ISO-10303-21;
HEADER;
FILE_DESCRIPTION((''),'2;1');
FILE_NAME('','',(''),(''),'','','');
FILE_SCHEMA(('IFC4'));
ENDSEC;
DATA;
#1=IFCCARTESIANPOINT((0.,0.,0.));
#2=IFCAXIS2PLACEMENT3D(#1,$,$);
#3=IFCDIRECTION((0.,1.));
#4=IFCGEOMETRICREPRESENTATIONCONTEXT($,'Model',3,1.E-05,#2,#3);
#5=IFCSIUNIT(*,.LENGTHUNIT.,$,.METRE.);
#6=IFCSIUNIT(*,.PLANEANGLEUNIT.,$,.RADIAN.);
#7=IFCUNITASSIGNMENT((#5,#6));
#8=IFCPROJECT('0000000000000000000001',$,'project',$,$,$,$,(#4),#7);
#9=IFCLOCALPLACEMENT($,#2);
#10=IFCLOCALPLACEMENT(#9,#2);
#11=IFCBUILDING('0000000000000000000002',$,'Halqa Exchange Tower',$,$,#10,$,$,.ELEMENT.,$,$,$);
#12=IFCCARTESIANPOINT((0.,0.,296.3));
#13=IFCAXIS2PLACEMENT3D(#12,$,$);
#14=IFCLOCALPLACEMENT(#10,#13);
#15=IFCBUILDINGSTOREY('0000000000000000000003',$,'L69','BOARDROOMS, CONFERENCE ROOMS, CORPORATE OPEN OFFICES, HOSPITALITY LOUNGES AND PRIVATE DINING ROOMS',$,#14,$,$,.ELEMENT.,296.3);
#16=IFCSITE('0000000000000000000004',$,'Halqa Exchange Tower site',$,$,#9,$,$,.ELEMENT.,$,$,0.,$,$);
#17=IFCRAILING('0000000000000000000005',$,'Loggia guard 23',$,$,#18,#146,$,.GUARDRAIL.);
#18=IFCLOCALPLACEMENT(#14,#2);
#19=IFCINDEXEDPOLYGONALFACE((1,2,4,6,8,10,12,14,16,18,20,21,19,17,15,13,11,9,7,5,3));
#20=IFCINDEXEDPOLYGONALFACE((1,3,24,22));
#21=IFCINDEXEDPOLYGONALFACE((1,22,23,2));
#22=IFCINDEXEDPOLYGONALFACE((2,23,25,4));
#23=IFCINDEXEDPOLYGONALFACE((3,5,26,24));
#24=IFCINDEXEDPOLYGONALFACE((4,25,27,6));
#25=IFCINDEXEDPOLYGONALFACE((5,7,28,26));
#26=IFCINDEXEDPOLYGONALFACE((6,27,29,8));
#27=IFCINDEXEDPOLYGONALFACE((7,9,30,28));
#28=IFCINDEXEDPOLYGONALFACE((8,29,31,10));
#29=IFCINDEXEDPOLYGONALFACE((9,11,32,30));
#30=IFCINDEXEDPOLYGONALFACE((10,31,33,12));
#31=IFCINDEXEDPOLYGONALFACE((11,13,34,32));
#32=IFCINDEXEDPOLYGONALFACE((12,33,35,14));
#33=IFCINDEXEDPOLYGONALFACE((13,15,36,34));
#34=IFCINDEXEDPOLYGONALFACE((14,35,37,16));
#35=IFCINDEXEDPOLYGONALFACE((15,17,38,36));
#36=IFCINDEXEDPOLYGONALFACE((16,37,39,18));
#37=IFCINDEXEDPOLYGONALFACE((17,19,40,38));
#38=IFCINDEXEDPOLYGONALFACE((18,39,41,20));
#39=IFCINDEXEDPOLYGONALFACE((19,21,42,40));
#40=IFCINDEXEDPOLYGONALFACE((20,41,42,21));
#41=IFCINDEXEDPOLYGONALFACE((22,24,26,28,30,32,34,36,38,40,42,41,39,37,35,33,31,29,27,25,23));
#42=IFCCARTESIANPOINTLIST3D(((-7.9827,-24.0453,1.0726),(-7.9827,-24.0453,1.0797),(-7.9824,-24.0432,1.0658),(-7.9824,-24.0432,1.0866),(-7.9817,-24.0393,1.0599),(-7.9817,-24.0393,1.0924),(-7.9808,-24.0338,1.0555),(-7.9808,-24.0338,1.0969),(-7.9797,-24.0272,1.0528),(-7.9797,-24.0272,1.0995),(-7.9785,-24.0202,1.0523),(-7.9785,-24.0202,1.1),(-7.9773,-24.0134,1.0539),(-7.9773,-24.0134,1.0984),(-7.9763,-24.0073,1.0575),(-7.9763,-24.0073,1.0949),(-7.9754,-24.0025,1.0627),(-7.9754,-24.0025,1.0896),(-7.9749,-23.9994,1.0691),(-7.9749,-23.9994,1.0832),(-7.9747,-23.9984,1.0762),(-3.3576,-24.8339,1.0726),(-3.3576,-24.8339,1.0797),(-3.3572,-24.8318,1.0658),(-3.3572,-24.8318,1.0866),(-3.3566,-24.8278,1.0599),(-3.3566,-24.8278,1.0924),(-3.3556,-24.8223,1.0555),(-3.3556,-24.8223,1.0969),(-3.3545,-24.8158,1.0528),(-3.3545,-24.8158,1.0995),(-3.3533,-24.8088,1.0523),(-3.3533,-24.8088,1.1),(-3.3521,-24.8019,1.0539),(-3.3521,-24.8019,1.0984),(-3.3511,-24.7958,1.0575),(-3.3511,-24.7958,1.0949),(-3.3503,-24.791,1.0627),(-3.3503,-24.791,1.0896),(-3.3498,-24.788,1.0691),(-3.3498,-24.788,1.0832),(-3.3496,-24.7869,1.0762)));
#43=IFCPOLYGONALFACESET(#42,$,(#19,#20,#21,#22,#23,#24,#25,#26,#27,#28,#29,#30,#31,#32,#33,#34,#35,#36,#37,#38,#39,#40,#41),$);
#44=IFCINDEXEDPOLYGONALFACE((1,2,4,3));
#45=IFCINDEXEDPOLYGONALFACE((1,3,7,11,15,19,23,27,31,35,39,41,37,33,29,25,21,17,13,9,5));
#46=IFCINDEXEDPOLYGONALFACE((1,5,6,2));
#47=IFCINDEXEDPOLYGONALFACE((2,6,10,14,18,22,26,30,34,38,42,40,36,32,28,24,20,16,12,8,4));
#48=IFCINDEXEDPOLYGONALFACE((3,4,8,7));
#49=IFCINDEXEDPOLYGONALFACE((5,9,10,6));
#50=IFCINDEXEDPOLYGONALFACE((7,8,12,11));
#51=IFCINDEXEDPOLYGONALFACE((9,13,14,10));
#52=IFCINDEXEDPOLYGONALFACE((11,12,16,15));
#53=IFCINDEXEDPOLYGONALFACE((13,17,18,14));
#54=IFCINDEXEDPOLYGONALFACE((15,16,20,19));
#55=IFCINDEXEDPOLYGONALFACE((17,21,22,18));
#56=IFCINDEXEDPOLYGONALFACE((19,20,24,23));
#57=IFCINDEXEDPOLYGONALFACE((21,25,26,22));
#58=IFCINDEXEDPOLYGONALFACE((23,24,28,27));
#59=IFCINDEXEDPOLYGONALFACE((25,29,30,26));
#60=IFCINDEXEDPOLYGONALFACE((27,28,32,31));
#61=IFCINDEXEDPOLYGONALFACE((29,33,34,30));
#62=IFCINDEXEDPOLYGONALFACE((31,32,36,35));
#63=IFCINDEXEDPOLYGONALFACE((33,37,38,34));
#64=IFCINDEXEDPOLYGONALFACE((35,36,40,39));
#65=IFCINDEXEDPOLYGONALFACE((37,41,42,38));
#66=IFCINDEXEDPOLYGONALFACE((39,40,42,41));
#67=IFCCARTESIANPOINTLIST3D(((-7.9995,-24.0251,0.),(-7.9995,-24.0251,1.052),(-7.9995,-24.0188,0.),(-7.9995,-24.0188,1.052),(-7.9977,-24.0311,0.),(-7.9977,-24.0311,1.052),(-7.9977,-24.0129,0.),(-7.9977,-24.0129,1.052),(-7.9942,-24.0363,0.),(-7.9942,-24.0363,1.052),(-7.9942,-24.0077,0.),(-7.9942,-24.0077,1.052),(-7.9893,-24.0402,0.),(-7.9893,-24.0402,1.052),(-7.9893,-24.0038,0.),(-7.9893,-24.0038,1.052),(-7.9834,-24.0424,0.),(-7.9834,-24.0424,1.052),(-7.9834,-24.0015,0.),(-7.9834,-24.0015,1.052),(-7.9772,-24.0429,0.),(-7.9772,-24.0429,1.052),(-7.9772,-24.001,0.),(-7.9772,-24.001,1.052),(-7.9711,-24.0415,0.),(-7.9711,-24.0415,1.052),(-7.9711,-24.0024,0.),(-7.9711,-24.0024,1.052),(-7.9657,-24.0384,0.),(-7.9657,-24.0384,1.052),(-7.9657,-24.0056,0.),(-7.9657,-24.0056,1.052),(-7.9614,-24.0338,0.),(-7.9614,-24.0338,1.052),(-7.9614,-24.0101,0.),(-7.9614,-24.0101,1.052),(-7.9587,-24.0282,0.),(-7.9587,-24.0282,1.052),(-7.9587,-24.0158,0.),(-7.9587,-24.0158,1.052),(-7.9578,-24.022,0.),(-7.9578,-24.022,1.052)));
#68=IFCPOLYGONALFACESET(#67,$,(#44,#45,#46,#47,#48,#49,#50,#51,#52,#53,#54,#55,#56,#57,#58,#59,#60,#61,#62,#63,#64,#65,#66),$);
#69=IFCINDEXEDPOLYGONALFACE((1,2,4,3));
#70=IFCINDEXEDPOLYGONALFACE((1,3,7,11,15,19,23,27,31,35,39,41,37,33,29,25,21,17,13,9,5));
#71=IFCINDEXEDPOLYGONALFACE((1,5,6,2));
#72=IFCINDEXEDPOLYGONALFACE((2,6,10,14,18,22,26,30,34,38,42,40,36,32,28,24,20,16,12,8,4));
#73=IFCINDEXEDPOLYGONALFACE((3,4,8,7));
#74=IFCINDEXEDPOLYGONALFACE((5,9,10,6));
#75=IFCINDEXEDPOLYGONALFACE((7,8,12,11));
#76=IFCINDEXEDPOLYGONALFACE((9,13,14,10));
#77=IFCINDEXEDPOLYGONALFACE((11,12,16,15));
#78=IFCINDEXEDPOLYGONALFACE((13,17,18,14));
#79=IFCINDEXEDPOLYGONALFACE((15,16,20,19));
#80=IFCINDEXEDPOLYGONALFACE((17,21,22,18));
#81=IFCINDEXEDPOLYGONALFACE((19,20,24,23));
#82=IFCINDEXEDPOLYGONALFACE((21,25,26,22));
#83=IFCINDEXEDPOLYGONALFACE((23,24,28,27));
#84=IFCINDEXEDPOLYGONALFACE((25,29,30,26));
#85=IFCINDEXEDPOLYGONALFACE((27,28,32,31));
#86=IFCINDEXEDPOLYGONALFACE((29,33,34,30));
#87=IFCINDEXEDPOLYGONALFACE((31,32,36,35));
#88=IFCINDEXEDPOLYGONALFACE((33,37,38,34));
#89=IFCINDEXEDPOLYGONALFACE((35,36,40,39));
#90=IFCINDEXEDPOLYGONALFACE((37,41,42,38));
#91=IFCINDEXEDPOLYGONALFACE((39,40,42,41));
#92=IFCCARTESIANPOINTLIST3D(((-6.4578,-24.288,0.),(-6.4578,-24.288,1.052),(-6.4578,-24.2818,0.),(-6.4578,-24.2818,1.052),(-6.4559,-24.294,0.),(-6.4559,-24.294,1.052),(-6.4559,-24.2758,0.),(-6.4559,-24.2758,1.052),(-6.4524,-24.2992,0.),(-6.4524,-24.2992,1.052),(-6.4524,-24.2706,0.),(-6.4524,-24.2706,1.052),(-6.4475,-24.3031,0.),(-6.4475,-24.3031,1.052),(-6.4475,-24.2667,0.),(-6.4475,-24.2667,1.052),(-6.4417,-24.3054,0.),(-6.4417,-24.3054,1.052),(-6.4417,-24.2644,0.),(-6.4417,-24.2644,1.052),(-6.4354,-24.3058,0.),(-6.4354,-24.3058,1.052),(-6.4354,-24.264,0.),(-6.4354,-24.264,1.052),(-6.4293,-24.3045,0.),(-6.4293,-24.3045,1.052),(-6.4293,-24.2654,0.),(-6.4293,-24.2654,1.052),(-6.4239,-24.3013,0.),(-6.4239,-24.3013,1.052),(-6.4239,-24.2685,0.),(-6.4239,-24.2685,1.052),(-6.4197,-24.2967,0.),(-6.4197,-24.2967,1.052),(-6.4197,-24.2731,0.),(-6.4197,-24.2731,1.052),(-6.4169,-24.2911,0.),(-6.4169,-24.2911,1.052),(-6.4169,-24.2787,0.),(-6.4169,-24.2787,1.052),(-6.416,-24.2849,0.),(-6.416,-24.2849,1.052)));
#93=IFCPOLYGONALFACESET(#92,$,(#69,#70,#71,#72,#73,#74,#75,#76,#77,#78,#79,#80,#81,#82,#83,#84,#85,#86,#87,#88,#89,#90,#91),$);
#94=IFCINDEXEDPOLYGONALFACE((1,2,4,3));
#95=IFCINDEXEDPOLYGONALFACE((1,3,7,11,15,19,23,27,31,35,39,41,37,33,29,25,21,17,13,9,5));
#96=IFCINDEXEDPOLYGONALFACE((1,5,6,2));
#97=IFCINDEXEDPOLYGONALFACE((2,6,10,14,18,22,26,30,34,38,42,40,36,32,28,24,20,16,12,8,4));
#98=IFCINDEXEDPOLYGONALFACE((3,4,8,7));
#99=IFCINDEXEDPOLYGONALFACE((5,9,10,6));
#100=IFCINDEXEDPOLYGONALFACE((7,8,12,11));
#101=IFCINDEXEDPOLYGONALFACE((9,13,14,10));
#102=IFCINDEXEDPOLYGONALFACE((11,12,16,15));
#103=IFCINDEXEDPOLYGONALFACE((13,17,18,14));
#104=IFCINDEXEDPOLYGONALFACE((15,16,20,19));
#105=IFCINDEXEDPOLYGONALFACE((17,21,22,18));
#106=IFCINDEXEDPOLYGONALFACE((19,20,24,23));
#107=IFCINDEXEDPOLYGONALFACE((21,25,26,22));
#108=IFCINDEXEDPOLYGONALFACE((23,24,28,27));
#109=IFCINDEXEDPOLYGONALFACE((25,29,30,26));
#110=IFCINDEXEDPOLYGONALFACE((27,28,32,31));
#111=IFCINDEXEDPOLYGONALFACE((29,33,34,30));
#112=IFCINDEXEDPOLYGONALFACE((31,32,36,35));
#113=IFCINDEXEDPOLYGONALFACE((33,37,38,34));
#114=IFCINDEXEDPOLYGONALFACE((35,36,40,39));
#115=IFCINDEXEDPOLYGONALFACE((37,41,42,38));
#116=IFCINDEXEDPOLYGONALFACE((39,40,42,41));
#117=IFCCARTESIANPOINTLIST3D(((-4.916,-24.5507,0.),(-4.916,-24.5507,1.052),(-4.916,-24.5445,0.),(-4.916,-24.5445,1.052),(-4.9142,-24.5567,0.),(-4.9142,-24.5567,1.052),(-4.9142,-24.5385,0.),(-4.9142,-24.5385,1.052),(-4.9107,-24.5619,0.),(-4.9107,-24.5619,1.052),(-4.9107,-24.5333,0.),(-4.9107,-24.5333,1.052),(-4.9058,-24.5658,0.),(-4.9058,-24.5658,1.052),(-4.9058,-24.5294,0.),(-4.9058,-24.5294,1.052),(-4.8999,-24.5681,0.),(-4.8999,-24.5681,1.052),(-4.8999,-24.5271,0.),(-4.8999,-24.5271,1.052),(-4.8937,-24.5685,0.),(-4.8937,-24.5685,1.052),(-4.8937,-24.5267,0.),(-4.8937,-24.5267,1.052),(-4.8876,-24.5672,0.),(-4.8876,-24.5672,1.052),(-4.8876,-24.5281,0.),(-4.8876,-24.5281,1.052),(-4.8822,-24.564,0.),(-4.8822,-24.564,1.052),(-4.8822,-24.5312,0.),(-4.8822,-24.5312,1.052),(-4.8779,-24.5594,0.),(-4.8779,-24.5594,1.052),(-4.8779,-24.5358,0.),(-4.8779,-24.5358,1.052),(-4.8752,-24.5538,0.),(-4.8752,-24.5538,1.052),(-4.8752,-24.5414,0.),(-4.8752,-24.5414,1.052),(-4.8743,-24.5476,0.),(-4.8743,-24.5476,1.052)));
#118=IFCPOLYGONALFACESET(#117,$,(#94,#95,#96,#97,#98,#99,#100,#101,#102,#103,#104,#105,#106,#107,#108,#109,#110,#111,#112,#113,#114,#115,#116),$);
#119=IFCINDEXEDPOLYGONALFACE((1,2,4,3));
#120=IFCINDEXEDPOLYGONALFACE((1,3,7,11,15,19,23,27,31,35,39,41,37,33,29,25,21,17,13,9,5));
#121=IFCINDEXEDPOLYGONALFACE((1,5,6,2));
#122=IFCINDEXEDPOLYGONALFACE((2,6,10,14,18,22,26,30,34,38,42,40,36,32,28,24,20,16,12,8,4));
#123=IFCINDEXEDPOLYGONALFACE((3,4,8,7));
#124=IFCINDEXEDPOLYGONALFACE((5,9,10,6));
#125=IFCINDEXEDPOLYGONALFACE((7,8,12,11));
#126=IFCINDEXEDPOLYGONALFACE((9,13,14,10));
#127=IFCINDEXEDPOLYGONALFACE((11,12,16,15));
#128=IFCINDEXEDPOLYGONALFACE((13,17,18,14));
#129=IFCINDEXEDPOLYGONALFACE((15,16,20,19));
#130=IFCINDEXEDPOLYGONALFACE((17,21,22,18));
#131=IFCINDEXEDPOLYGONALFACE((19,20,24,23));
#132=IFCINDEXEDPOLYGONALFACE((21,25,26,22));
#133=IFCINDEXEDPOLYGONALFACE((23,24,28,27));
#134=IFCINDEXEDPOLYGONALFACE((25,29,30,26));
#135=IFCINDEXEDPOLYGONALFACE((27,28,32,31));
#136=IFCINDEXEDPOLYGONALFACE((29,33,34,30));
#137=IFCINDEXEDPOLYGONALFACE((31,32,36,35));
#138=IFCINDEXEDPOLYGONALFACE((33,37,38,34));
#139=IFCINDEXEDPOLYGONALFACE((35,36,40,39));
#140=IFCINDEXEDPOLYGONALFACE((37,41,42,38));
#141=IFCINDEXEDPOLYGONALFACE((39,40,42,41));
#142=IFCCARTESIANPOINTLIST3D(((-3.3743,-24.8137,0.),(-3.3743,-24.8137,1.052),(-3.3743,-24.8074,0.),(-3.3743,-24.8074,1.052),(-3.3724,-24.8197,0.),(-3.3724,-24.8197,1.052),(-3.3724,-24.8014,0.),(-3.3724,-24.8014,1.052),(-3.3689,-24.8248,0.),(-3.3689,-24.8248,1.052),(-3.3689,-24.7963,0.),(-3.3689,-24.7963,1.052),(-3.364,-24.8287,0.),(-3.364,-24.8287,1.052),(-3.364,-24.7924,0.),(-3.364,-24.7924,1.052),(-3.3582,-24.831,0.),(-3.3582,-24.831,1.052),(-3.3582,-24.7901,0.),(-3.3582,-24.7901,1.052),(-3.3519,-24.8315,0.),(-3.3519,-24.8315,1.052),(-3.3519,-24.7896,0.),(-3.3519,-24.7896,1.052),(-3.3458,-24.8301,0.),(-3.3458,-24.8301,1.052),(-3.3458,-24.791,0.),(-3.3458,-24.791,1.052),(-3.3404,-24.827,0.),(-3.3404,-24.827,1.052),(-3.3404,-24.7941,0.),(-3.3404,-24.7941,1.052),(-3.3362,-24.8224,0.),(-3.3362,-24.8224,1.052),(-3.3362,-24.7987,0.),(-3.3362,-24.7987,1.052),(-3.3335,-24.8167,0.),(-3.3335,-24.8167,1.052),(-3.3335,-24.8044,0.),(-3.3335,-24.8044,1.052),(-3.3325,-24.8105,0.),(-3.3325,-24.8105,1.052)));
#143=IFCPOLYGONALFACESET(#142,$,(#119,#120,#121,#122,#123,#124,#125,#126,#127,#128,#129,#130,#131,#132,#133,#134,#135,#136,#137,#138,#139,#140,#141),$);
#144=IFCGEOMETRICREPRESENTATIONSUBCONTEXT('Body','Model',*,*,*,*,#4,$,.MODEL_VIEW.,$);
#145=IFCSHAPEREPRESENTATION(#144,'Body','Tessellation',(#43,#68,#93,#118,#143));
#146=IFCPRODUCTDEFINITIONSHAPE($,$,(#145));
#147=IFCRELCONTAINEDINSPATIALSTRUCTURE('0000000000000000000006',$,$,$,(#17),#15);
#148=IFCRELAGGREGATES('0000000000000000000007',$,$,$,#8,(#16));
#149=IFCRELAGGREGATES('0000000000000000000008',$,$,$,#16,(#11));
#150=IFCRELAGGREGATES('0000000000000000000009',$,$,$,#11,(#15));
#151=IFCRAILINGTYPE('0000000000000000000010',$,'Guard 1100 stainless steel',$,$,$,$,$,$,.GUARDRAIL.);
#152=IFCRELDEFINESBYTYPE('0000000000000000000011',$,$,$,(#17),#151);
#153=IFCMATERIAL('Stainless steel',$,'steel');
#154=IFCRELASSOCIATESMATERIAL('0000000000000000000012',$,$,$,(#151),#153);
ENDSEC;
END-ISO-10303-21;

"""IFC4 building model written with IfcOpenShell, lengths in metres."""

from ifc_helpers import new_model, si_unit, direction, frame, origin, origin_2d, place, context, subcontext, project, spatial, circle, extrude, material, type_object, element, save


model = new_model("IFC4")

# Units and contexts
model_context = context("Model", 3, precision=1e-05, world=origin(), true_north=direction((0.0, 1.0)))
body_context = subcontext(model_context, "Body", "Model", "MODEL_VIEW")
ifc_project = project(units=[si_unit("LENGTHUNIT", "METRE"), si_unit("PLANEANGLEUNIT", "RADIAN")], contexts=[model_context])

# Site, building, storey
site_placement = place(None, origin())
site = spatial("IfcSite", under=ifc_project, at=site_placement, Name="Halqa Exchange Tower site", CompositionType="ELEMENT", RefElevation=0.0)
building_placement = place(site_placement, origin())
building = spatial("IfcBuilding", under=site, at=building_placement, Name="Halqa Exchange Tower", CompositionType="ELEMENT")
storey_placement = place(building_placement, frame((0.0, 0.0, 296.3)))
storey = spatial("IfcBuildingStorey", under=building, at=storey_placement, Name="L69", Description="BOARDROOMS, CONFERENCE ROOMS, CORPORATE OPEN OFFICES, HOSPITALITY LOUNGES AND PRIVATE DINING ROOMS", CompositionType="ELEMENT", Elevation=296.3)

# Railing
ifc_material_1 = material(Name="Stainless steel", Category="steel")
railing_type = type_object("IfcRailingType", Name="Guard 1100 stainless steel", PredefinedType="GUARDRAIL", material=ifc_material_1)
railing_1_placement = place(storey_placement, frame((-7.9788, -24.022, 0.0)))
element("IfcRailing", 1, at=railing_1_placement, inside=storey, type_object=railing_type, Name="Loggia guard 23", PredefinedType="GUARDRAIL", context=body_context, shape_type="SweptSolid", body=[
    extrude(circle(Radius=0.0239, at=origin_2d()), frame((0.0, 0.0, 1.0762), z_axis=(0.985775, -0.168068, 0.0), x_axis=(0.168068, 0.985775, 0.0)), (0.0, 0.0, 1.0), 4.6919),
    extrude(circle(Radius=0.021, at=origin_2d()), origin(), (0.0, 0.0, 1.0), 1.052),
    extrude(circle(Radius=0.021, at=origin_2d()), frame((1.5417, -0.2629, 0.0)), (0.0, 0.0, 1.0), 1.052),
    extrude(circle(Radius=0.021, at=origin_2d()), frame((3.0835, -0.5256, 0.0)), (0.0, 0.0, 1.0), 1.052),
    extrude(circle(Radius=0.021, at=origin_2d()), frame((4.6252, -0.7886, 0.0)), (0.0, 0.0, 1.0), 1.052),
])

save(model, "model.ifc")
